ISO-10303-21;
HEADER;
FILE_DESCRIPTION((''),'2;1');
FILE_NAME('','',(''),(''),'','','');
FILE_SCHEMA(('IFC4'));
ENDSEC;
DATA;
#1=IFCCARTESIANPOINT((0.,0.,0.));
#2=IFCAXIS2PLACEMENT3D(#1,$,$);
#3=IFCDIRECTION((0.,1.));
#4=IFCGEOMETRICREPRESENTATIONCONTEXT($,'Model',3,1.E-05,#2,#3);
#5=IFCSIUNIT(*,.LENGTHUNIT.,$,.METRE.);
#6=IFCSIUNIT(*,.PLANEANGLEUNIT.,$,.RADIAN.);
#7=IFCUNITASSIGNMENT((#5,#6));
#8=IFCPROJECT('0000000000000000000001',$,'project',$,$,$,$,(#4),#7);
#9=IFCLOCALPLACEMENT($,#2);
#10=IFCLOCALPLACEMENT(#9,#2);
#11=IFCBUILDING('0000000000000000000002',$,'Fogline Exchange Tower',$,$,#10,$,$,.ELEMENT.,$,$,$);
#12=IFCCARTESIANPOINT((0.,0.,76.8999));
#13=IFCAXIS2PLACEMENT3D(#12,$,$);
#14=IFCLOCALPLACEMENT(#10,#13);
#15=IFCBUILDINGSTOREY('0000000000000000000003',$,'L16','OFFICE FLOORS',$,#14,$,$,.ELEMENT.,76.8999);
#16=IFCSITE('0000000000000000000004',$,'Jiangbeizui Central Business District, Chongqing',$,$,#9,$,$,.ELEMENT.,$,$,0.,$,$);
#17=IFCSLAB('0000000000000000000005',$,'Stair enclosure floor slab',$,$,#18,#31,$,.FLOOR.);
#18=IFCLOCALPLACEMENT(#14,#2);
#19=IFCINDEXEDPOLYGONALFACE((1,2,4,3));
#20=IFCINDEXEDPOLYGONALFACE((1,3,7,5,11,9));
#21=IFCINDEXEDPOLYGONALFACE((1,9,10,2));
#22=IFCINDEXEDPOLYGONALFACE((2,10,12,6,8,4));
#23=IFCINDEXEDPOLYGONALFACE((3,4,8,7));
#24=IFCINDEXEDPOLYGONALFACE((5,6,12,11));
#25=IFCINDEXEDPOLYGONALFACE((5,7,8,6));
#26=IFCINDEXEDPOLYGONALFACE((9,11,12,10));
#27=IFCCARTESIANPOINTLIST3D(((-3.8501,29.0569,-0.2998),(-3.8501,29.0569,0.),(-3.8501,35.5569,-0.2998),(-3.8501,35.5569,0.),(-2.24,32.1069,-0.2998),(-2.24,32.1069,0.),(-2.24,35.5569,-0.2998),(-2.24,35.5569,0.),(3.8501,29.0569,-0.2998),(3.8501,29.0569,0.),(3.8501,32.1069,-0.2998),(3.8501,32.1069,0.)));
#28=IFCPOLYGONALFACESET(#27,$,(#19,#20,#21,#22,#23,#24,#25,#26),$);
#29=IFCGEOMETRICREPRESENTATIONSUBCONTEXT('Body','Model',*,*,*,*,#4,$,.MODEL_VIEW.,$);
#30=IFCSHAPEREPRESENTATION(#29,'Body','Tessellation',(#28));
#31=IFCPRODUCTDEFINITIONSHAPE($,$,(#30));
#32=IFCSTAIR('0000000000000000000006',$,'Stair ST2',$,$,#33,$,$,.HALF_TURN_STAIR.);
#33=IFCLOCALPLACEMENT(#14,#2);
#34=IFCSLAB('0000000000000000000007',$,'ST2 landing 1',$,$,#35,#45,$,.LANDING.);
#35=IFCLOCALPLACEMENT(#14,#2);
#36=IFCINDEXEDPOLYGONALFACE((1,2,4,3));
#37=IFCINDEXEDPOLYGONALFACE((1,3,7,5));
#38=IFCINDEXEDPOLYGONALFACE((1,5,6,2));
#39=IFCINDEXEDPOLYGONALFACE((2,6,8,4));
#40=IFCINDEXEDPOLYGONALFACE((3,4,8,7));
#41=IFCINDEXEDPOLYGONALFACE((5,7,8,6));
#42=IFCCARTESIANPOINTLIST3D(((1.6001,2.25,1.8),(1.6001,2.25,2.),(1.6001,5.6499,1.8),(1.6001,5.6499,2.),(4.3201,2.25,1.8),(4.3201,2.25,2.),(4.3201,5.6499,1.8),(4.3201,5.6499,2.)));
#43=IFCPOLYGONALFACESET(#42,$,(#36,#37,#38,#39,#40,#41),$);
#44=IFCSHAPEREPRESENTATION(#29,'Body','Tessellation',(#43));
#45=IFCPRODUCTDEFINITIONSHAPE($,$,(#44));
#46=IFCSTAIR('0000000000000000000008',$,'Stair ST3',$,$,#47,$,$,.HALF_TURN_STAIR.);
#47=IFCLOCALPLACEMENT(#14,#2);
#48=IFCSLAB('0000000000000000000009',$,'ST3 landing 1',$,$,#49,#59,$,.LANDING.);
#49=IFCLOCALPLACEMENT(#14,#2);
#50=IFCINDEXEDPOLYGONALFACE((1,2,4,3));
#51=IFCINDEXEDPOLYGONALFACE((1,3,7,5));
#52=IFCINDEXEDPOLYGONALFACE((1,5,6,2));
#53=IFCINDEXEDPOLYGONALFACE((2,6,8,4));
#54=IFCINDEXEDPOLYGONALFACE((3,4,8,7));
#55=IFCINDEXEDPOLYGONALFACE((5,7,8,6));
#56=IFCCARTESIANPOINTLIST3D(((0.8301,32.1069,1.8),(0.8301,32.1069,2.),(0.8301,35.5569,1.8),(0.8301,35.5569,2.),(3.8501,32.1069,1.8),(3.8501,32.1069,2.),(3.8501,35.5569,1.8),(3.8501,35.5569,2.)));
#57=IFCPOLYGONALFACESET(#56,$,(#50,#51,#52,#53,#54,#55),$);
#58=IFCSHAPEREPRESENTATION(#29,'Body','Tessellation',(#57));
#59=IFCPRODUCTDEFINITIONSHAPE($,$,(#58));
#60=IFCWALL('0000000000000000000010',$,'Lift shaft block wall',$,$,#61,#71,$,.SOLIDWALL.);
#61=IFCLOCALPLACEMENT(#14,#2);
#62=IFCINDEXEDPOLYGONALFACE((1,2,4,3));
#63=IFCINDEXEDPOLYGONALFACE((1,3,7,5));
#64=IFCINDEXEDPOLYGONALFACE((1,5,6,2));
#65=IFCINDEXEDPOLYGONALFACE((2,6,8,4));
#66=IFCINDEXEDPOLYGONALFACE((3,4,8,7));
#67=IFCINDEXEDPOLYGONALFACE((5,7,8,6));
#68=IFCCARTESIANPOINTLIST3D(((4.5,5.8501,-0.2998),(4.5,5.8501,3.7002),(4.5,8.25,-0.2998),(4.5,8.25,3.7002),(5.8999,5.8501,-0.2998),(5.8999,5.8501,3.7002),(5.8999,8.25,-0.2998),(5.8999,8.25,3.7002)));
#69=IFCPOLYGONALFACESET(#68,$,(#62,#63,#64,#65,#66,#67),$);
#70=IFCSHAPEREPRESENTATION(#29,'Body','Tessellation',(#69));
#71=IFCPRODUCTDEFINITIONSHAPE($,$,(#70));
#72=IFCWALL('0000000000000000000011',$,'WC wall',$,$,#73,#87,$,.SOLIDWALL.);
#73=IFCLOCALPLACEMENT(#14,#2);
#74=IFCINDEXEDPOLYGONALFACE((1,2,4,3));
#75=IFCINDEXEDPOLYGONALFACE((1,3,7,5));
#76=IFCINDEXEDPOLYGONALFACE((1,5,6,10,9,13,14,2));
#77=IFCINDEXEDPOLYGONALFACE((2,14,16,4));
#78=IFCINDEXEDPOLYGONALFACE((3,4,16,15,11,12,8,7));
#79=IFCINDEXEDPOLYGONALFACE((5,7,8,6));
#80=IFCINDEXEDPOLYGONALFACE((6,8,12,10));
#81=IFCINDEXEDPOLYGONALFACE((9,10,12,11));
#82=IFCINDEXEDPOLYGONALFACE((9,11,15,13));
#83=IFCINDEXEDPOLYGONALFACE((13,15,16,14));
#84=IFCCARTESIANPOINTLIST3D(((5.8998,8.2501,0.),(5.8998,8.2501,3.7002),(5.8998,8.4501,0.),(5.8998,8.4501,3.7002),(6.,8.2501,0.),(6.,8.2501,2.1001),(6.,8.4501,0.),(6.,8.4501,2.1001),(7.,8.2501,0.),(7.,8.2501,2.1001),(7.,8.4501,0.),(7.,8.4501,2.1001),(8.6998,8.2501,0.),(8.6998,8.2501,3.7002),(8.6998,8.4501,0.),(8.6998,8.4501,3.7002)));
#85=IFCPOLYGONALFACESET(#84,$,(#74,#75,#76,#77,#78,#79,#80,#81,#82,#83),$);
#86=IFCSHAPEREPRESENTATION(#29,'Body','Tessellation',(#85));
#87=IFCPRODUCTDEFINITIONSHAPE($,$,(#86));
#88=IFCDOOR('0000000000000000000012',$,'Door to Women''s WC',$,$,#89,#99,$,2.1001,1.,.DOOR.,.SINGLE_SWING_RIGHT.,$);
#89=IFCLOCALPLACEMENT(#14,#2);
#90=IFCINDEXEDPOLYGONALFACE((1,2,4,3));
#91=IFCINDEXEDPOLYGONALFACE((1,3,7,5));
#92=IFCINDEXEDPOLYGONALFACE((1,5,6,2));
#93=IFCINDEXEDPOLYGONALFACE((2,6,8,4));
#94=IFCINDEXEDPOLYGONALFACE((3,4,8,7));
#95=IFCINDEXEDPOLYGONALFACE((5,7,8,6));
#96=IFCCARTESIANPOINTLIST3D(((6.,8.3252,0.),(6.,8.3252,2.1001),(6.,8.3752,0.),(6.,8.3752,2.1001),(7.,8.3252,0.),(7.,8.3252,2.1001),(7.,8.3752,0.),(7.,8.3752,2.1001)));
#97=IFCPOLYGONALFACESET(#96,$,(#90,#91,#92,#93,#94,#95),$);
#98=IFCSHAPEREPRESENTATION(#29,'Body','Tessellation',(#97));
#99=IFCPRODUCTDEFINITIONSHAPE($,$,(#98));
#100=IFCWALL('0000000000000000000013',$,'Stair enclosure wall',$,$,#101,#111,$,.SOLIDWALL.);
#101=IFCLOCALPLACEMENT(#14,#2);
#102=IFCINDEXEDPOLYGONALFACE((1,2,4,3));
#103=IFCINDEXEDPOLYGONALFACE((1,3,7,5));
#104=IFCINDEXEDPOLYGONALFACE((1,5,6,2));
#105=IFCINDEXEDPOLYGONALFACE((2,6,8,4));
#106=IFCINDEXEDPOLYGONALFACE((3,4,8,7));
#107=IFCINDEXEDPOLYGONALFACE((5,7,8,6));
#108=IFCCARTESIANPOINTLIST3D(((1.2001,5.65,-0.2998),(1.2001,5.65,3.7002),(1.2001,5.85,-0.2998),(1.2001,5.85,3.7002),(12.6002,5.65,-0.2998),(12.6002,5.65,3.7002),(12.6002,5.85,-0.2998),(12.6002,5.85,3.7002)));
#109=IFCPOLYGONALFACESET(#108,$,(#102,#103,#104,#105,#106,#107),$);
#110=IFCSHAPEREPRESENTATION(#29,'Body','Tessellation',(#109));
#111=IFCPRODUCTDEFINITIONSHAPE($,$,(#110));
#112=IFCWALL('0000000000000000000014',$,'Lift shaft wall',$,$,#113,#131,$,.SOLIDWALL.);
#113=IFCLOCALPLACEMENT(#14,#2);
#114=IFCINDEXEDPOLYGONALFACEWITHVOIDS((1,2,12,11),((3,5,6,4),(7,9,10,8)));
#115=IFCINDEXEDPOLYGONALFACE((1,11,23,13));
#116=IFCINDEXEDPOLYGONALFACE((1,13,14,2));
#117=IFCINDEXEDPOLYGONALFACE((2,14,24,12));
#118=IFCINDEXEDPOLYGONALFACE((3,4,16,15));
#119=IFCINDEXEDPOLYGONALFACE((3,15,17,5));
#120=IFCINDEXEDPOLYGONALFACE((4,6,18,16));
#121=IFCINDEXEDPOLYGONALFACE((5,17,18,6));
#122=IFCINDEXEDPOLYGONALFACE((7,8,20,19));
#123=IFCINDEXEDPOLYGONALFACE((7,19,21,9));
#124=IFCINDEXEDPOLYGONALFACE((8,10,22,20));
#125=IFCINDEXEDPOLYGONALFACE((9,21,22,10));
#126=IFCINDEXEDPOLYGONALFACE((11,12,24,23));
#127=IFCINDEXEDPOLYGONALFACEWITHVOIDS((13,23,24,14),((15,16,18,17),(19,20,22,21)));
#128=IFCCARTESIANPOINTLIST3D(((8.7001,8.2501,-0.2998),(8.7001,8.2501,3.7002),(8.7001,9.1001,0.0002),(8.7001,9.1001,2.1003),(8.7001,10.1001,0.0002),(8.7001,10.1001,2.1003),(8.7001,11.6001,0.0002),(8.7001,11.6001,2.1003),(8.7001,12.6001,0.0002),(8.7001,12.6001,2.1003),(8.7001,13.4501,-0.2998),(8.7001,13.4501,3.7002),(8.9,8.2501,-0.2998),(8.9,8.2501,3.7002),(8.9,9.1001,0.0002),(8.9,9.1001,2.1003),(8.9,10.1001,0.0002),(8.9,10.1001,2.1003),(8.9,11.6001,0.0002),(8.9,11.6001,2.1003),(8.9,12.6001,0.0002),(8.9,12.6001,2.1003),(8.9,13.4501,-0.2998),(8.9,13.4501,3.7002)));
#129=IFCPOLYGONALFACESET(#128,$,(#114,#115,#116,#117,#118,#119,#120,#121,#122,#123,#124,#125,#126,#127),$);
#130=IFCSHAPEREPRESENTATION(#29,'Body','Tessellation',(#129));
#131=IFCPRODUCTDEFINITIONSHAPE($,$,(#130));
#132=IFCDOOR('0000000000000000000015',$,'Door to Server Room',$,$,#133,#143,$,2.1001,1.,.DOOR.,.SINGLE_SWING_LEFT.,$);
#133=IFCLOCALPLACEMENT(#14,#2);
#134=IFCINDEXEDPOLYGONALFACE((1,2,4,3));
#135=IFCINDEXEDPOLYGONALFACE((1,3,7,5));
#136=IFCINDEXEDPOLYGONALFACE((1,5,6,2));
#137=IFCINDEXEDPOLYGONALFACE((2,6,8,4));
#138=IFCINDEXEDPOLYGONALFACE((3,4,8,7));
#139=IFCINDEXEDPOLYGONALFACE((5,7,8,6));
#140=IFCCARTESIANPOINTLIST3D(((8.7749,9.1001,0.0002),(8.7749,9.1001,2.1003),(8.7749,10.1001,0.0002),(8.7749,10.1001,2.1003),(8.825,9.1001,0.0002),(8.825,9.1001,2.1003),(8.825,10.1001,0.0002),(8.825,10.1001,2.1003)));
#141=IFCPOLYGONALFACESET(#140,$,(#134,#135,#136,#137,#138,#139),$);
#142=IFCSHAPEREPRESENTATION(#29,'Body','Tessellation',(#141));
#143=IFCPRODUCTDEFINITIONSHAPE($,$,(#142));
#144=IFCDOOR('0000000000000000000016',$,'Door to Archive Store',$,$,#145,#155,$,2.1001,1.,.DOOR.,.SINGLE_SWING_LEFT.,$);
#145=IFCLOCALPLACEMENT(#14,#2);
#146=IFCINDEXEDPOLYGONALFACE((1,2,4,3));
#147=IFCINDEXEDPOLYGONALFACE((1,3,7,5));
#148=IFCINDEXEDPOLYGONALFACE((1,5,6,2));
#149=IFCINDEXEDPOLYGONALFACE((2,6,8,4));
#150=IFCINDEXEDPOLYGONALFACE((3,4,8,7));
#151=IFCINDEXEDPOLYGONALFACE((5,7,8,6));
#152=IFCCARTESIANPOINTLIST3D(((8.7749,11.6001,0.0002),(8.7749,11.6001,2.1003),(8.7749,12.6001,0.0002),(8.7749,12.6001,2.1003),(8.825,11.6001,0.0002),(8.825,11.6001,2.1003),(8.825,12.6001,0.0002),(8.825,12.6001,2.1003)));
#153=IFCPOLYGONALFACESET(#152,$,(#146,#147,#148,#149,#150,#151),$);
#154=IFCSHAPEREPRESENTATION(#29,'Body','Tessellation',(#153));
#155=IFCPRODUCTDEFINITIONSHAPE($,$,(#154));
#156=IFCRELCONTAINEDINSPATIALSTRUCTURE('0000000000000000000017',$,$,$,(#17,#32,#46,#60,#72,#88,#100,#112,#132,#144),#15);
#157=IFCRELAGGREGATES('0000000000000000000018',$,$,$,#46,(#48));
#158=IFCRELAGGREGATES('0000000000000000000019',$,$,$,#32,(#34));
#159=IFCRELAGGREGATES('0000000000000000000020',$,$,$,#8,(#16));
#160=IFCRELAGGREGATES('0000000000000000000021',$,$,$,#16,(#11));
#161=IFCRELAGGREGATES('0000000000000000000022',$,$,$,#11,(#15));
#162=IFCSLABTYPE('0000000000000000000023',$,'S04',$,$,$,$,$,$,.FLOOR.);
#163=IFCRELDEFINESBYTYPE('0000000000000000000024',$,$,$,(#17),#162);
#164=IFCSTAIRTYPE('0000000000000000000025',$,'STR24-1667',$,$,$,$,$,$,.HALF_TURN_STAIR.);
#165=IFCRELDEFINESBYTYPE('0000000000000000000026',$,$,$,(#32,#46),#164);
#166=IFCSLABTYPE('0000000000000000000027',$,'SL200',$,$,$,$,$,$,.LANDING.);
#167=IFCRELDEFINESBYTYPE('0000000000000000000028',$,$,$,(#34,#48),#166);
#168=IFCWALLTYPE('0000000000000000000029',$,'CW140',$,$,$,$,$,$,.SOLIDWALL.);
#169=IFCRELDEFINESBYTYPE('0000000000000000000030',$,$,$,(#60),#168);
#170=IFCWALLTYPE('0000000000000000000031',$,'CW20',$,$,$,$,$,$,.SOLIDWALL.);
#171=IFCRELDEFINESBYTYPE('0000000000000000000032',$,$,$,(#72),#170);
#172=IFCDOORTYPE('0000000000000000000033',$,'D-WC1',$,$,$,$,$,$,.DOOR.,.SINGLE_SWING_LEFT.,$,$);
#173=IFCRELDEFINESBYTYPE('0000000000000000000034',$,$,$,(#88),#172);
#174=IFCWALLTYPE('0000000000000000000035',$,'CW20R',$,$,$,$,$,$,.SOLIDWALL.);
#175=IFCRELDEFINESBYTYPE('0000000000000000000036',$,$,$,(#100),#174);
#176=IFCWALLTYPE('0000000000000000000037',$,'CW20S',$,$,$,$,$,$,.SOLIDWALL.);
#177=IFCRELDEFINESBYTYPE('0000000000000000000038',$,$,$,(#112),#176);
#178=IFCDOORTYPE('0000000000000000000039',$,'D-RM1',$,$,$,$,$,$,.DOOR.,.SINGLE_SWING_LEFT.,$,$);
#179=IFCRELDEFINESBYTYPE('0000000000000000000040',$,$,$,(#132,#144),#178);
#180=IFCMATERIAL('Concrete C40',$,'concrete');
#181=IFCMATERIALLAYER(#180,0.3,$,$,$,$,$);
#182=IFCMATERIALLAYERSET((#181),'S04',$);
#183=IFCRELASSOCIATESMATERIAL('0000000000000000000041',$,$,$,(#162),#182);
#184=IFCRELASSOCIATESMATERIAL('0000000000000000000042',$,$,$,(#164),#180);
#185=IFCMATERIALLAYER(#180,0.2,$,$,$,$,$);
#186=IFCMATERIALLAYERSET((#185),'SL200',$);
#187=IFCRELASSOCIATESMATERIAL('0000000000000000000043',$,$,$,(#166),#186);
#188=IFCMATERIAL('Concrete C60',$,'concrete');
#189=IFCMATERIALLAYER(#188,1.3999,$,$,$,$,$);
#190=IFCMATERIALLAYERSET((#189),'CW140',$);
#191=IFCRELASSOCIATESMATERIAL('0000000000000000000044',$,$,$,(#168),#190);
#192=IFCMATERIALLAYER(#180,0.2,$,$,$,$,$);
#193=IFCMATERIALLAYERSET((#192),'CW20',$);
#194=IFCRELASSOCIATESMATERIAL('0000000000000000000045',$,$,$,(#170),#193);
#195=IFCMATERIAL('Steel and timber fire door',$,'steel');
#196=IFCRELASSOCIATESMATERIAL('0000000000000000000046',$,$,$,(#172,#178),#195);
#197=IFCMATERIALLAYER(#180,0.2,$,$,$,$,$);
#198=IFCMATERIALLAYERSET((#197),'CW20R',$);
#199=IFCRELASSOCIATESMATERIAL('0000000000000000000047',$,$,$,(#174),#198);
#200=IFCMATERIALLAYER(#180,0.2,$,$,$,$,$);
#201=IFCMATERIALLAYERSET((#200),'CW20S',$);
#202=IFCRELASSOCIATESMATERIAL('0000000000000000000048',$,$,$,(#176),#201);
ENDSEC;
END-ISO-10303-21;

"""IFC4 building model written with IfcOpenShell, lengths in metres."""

from ifc_helpers import new_model, si_unit, direction, frame, frame_2d, origin, place, context, subcontext, project, spatial, polyline, rectangle, outline, extrude, material, layer, layer_set, type_object, element, fill, aggregate, save


model = new_model("IFC4")

# Units and contexts
model_context = context("Model", 3, precision=1e-05, world=origin(), true_north=direction((0.0, 1.0)))
body_context = subcontext(model_context, "Body", "Model", "MODEL_VIEW")
ifc_project = project(units=[si_unit("LENGTHUNIT", "METRE"), si_unit("PLANEANGLEUNIT", "RADIAN")], contexts=[model_context])

# Site, building, storey
site_placement = place(None, origin())
site = spatial("IfcSite", under=ifc_project, at=site_placement, Name="Jiangbeizui Central Business District, Chongqing", CompositionType="ELEMENT", RefElevation=0.0)
building_placement = place(site_placement, origin())
building = spatial("IfcBuilding", under=site, at=building_placement, Name="Fogline Exchange Tower", CompositionType="ELEMENT")
storey_placement = place(building_placement, frame((0.0, 0.0, 76.8999)))
storey = spatial("IfcBuildingStorey", under=building, at=storey_placement, Name="L16", Description="OFFICE FLOORS", CompositionType="ELEMENT", Elevation=76.8999)

# Slab
ifc_material_1 = material(Name="Concrete C40", Category="concrete")
ifc_layer_1 = layer(ifc_material_1, 0.3)
ifc_layer_set_1 = layer_set([ifc_layer_1], Name="S04")
slab_type_1 = type_object("IfcSlabType", Name="S04", PredefinedType="FLOOR", material=ifc_layer_set_1)
slab_1_placement = place(storey_placement, frame((0.0, 0.0, -0.2998)))
element("IfcSlab", 1, at=slab_1_placement, inside=storey, type_object=slab_type_1, Name="Stair enclosure floor slab", PredefinedType="FLOOR", context=body_context, shape_type="SweptSolid", body=[
    extrude(outline(polyline([(3.8501, 29.0569), (-3.8501, 29.0569), (-3.8501, 35.5569), (-2.24, 35.5569), (-2.24, 32.1069), (3.8501, 32.1069), (3.8501, 29.0569)])), origin(), (0.0, 0.0, 1.0), 0.2998),
])

# Stairs, slabs
stair_type = type_object("IfcStairType", Name="STR24-1667", PredefinedType="HALF_TURN_STAIR", material=ifc_material_1)
stair_1_placement = place(storey_placement, origin())
stair_1 = element("IfcStair", 2, at=stair_1_placement, inside=storey, type_object=stair_type, Name="Stair ST2", PredefinedType="HALF_TURN_STAIR")
ifc_layer_2 = layer(ifc_material_1, 0.2)
ifc_layer_set_2 = layer_set([ifc_layer_2], Name="SL200")
slab_type_2 = type_object("IfcSlabType", Name="SL200", PredefinedType="LANDING", material=ifc_layer_set_2)
slab_2_placement = place(storey_placement, frame((0.0, 0.0, 1.8)))
slab_2 = element("IfcSlab", 3, at=slab_2_placement, type_object=slab_type_2, Name="ST2 landing 1", PredefinedType="LANDING", context=body_context, shape_type="SweptSolid", body=[
    extrude(outline(polyline([(1.6001, 2.25), (4.3201, 2.25), (4.3201, 5.6499), (1.6001, 5.6499), (1.6001, 2.25)])), origin(), (0.0, 0.0, 1.0), 0.2),
])
stair_2_placement = place(storey_placement, origin())
stair_2 = element("IfcStair", 4, at=stair_2_placement, inside=storey, type_object=stair_type, Name="Stair ST3", PredefinedType="HALF_TURN_STAIR")
slab_3_placement = place(storey_placement, frame((0.0, 0.0, 1.8)))
slab_3 = element("IfcSlab", 5, at=slab_3_placement, type_object=slab_type_2, Name="ST3 landing 1", PredefinedType="LANDING", context=body_context, shape_type="SweptSolid", body=[
    extrude(outline(polyline([(0.8301, 32.1069), (3.8501, 32.1069), (3.8501, 35.5569), (0.8301, 35.5569), (0.8301, 32.1069)])), origin(), (0.0, 0.0, 1.0), 0.2),
])
aggregate(stair_2, [slab_3])

# Wall
ifc_material_2 = material(Name="Concrete C60", Category="concrete")
ifc_layer_3 = layer(ifc_material_2, 1.3999)
ifc_layer_set_3 = layer_set([ifc_layer_3], Name="CW140")
wall_type_1 = type_object("IfcWallType", Name="CW140", PredefinedType="SOLIDWALL", material=ifc_layer_set_3)
wall_1_placement = place(storey_placement, frame((5.2, 5.8501, -0.2998), z_axis=(0.0, 0.0, 1.0), x_axis=(0.0, 1.0, 0.0)))
element("IfcWall", 6, at=wall_1_placement, inside=storey, type_object=wall_type_1, Name="Lift shaft block wall", PredefinedType="SOLIDWALL", context=body_context, shape_type="SweptSolid", body=[
    extrude(rectangle(XDim=2.3999, YDim=1.3999, at=frame_2d((1.2, 0.0))), origin(), (0.0, 0.0, 1.0), 4.0),
])

# Wall, opening, door
ifc_layer_4 = layer(ifc_material_1, 0.2)
ifc_layer_set_4 = layer_set([ifc_layer_4], Name="CW20")
wall_type_2 = type_object("IfcWallType", Name="CW20", PredefinedType="SOLIDWALL", material=ifc_layer_set_4)
wall_2_placement = place(storey_placement, frame((5.8999, 8.3501, 0.0), z_axis=(0.0, 0.0, 1.0), x_axis=(1.0, 0.0, 0.0)))
wall_2 = element("IfcWall", 7, at=wall_2_placement, inside=storey, type_object=wall_type_2, Name="WC wall", PredefinedType="SOLIDWALL", context=body_context, shape_type="SweptSolid", body=[
    extrude(rectangle(XDim=2.8, YDim=0.2, at=frame_2d((1.3999, 0.0))), origin(), (0.0, 0.0, 1.0), 3.7002),
])
opening_1_placement = place(wall_2_placement, frame((0.1001, 0.0, 0.0)))
opening_1 = element("IfcOpeningElement", 8, at=opening_1_placement, cuts=wall_2, PredefinedType="OPENING", context=body_context, shape_type="SweptSolid", body=[
    extrude(rectangle(XDim=1.0, YDim=2.1001, at=frame_2d((0.5, 1.05))), frame((0.0, 0.1099, 0.0), z_axis=(0.0, -1.0, 0.0), x_axis=(1.0, 0.0, 0.0)), (0.0, 0.0, 1.0), 0.22),
])
ifc_material_3 = material(Name="Steel and timber fire door", Category="steel")
door_type_1 = type_object("IfcDoorType", Name="D-WC1", OperationType="SINGLE_SWING_LEFT", PredefinedType="DOOR", material=ifc_material_3)
door_1_placement = place(opening_1_placement, frame((1.0, 0.0, 0.0), z_axis=(0.0, 0.0, 1.0), x_axis=(-1.0, 0.0, 0.0)))
door_1 = element("IfcDoor", 9, at=door_1_placement, inside=storey, type_object=door_type_1, Name="Door to Women's WC", OperationType="SINGLE_SWING_RIGHT", OverallHeight=2.1001, OverallWidth=1.0, PredefinedType="DOOR", context=body_context, shape_type="SweptSolid", body=[
    extrude(rectangle(XDim=1.0, YDim=2.1001, at=frame_2d((0.5, 1.05))), frame((0.0, 0.0249, 0.0), z_axis=(0.0, -1.0, 0.0), x_axis=(1.0, 0.0, 0.0)), (0.0, 0.0, 1.0), 0.05),
])
fill(opening_1, door_1)

# Wall
ifc_layer_5 = layer(ifc_material_1, 0.2)
ifc_layer_set_5 = layer_set([ifc_layer_5], Name="CW20R")
wall_type_3 = type_object("IfcWallType", Name="CW20R", PredefinedType="SOLIDWALL", material=ifc_layer_set_5)
wall_3_placement = place(storey_placement, frame((1.2, 5.75, -0.2998), z_axis=(0.0, 0.0, 1.0), x_axis=(1.0, 0.0, 0.0)))
element("IfcWall", 10, at=wall_3_placement, inside=storey, type_object=wall_type_3, Name="Stair enclosure wall", PredefinedType="SOLIDWALL", context=body_context, shape_type="SweptSolid", body=[
    extrude(rectangle(XDim=11.4001, YDim=0.2, at=frame_2d((5.7002, 0.0))), origin(), (0.0, 0.0, 1.0), 4.0),
])

# Wall, openings, doors
ifc_layer_6 = layer(ifc_material_1, 0.2)
ifc_layer_set_6 = layer_set([ifc_layer_6], Name="CW20S")
wall_type_4 = type_object("IfcWallType", Name="CW20S", PredefinedType="SOLIDWALL", material=ifc_layer_set_6)
wall_4_placement = place(storey_placement, frame((8.8, 8.25, -0.2998), z_axis=(0.0, 0.0, 1.0), x_axis=(0.0, 1.0, 0.0)))
wall_4 = element("IfcWall", 11, at=wall_4_placement, inside=storey, type_object=wall_type_4, Name="Lift shaft wall", PredefinedType="SOLIDWALL", context=body_context, shape_type="SweptSolid", body=[
    extrude(rectangle(XDim=5.2, YDim=0.2, at=frame_2d((2.6001, 0.0))), origin(), (0.0, 0.0, 1.0), 4.0),
])
opening_2_placement = place(wall_4_placement, frame((0.8501, 0.0, 0.3)))
opening_2 = element("IfcOpeningElement", 12, at=opening_2_placement, cuts=wall_4, PredefinedType="OPENING", context=body_context, shape_type="SweptSolid", body=[
    extrude(rectangle(XDim=1.0, YDim=2.1001, at=frame_2d((0.5, 1.05))), frame((0.0, 0.1099, 0.0), z_axis=(0.0, -1.0, 0.0), x_axis=(1.0, 0.0, 0.0)), (0.0, 0.0, 1.0), 0.22),
])
opening_3_placement = place(wall_4_placement, frame((3.3501, 0.0, 0.3)))
opening_3 = element("IfcOpeningElement", 13, at=opening_3_placement, cuts=wall_4, PredefinedType="OPENING", context=body_context, shape_type="SweptSolid", body=[
    extrude(rectangle(XDim=1.0, YDim=2.1001, at=frame_2d((0.5, 1.05))), frame((0.0, 0.1099, 0.0), z_axis=(0.0, -1.0, 0.0), x_axis=(1.0, 0.0, 0.0)), (0.0, 0.0, 1.0), 0.22),
])
door_type_2 = type_object("IfcDoorType", Name="D-RM1", OperationType="SINGLE_SWING_LEFT", PredefinedType="DOOR", material=ifc_material_3)
door_2_placement = place(opening_2_placement, frame((1.0, 0.0, 0.0), z_axis=(0.0, 0.0, 1.0), x_axis=(-1.0, 0.0, 0.0)))
door_2 = element("IfcDoor", 14, at=door_2_placement, inside=storey, type_object=door_type_2, Name="Door to Server Room", OperationType="SINGLE_SWING_LEFT", OverallHeight=2.1001, OverallWidth=1.0, PredefinedType="DOOR", context=body_context, shape_type="SweptSolid", body=[
    extrude(rectangle(XDim=1.0, YDim=2.1001, at=frame_2d((0.5, 1.05))), frame((0.0, 0.0249, 0.0), z_axis=(0.0, -1.0, 0.0), x_axis=(1.0, 0.0, 0.0)), (0.0, 0.0, 1.0), 0.05),
])
fill(opening_2, door_2)
door_3_placement = place(opening_3_placement, frame((1.0, 0.0, 0.0), z_axis=(0.0, 0.0, 1.0), x_axis=(-1.0, 0.0, 0.0)))
door_3 = element("IfcDoor", 15, at=door_3_placement, inside=storey, type_object=door_type_2, Name="Door to Archive Store", OperationType="SINGLE_SWING_LEFT", OverallHeight=2.1001, OverallWidth=1.0, PredefinedType="DOOR", context=body_context, shape_type="SweptSolid", body=[
    extrude(rectangle(XDim=1.0, YDim=2.1001, at=frame_2d((0.5, 1.05))), frame((0.0, 0.0249, 0.0), z_axis=(0.0, -1.0, 0.0), x_axis=(1.0, 0.0, 0.0)), (0.0, 0.0, 1.0), 0.05),
])
fill(opening_3, door_3)

aggregate(stair_1, [slab_2])

save(model, "model.ifc")
